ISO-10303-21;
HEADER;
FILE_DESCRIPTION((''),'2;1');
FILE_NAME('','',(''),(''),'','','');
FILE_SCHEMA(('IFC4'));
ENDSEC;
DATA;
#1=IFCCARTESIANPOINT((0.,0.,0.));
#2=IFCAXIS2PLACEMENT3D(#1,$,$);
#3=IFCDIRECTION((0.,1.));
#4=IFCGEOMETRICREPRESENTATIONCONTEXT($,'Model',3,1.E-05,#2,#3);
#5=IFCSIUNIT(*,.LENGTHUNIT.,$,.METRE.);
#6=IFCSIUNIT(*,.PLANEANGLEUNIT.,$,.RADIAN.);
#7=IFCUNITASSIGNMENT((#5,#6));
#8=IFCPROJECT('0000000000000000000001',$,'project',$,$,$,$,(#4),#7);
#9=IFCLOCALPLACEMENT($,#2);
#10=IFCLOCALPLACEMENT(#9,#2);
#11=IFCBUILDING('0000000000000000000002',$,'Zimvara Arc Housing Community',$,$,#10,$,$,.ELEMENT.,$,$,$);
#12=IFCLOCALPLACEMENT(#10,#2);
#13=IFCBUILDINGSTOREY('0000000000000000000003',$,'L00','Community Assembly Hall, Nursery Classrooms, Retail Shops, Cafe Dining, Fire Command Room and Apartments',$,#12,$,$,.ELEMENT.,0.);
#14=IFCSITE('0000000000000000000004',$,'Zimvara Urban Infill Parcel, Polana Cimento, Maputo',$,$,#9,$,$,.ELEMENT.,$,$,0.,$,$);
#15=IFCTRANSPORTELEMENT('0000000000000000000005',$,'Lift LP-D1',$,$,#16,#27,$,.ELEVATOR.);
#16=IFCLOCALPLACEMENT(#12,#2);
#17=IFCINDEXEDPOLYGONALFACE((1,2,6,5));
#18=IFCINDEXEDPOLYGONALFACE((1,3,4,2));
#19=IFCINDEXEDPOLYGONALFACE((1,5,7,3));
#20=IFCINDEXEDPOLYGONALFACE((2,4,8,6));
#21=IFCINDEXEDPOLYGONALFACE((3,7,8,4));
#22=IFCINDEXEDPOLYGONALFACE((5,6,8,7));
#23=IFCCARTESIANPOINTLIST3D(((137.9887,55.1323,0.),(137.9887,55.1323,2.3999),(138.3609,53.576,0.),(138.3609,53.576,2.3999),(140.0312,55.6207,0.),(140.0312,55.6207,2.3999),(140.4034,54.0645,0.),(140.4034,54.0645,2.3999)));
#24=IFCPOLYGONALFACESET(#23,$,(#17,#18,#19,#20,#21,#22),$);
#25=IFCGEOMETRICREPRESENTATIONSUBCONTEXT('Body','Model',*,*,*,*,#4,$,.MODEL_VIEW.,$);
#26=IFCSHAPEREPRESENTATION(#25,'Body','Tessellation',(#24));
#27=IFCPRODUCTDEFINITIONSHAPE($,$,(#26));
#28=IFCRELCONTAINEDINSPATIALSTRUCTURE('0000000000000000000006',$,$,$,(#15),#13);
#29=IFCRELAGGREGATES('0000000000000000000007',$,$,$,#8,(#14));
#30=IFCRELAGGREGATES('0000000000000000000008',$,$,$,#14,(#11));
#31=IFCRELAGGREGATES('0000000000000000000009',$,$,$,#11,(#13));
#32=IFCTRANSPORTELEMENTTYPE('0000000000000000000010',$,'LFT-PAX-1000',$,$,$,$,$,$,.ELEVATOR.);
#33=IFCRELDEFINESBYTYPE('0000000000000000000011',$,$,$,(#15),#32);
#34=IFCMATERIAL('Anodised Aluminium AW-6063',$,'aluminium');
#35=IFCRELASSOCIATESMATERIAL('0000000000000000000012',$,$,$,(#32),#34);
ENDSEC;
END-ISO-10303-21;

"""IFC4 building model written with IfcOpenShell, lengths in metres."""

from ifc_helpers import new_model, si_unit, direction, frame, origin, origin_2d, place, context, subcontext, project, spatial, rectangle, extrude, material, type_object, element, save


model = new_model("IFC4")

# Units and contexts
model_context = context("Model", 3, precision=1e-05, world=origin(), true_north=direction((0.0, 1.0)))
body_context = subcontext(model_context, "Body", "Model", "MODEL_VIEW")
ifc_project = project(units=[si_unit("LENGTHUNIT", "METRE"), si_unit("PLANEANGLEUNIT", "RADIAN")], contexts=[model_context])

# Site, building, storey
site_placement = place(None, origin())
site = spatial("IfcSite", under=ifc_project, at=site_placement, Name="Zimvara Urban Infill Parcel, Polana Cimento, Maputo", CompositionType="ELEMENT", RefElevation=0.0)
building_placement = place(site_placement, origin())
building = spatial("IfcBuilding", under=site, at=building_placement, Name="Zimvara Arc Housing Community", CompositionType="ELEMENT")
storey_placement = place(building_placement, origin())
storey = spatial("IfcBuildingStorey", under=building, at=storey_placement, Name="L00", Description="Community Assembly Hall, Nursery Classrooms, Retail Shops, Cafe Dining, Fire Command Room and Apartments", CompositionType="ELEMENT", Elevation=0.0)

# Transport element
ifc_material_1 = material(Name="Anodised Aluminium AW-6063", Category="aluminium")
transport_element_type = type_object("IfcTransportElementType", Name="LFT-PAX-1000", PredefinedType="ELEVATOR", material=ifc_material_1)
transport_element_placement = place(storey_placement, frame((139.196, 54.5984, 0.0), z_axis=(0.0, 0.0, 1.0), x_axis=(0.232597, -0.972573, 0.0)))
element("IfcTransportElement", 1, at=transport_element_placement, inside=storey, type_object=transport_element_type, Name="Lift LP-D1", PredefinedType="ELEVATOR", context=body_context, shape_type="SweptSolid", body=[
    extrude(rectangle(XDim=1.6001, YDim=2.1001, at=origin_2d()), origin(), (0.0, 0.0, 1.0), 2.3999),
])

save(model, "model.ifc")
